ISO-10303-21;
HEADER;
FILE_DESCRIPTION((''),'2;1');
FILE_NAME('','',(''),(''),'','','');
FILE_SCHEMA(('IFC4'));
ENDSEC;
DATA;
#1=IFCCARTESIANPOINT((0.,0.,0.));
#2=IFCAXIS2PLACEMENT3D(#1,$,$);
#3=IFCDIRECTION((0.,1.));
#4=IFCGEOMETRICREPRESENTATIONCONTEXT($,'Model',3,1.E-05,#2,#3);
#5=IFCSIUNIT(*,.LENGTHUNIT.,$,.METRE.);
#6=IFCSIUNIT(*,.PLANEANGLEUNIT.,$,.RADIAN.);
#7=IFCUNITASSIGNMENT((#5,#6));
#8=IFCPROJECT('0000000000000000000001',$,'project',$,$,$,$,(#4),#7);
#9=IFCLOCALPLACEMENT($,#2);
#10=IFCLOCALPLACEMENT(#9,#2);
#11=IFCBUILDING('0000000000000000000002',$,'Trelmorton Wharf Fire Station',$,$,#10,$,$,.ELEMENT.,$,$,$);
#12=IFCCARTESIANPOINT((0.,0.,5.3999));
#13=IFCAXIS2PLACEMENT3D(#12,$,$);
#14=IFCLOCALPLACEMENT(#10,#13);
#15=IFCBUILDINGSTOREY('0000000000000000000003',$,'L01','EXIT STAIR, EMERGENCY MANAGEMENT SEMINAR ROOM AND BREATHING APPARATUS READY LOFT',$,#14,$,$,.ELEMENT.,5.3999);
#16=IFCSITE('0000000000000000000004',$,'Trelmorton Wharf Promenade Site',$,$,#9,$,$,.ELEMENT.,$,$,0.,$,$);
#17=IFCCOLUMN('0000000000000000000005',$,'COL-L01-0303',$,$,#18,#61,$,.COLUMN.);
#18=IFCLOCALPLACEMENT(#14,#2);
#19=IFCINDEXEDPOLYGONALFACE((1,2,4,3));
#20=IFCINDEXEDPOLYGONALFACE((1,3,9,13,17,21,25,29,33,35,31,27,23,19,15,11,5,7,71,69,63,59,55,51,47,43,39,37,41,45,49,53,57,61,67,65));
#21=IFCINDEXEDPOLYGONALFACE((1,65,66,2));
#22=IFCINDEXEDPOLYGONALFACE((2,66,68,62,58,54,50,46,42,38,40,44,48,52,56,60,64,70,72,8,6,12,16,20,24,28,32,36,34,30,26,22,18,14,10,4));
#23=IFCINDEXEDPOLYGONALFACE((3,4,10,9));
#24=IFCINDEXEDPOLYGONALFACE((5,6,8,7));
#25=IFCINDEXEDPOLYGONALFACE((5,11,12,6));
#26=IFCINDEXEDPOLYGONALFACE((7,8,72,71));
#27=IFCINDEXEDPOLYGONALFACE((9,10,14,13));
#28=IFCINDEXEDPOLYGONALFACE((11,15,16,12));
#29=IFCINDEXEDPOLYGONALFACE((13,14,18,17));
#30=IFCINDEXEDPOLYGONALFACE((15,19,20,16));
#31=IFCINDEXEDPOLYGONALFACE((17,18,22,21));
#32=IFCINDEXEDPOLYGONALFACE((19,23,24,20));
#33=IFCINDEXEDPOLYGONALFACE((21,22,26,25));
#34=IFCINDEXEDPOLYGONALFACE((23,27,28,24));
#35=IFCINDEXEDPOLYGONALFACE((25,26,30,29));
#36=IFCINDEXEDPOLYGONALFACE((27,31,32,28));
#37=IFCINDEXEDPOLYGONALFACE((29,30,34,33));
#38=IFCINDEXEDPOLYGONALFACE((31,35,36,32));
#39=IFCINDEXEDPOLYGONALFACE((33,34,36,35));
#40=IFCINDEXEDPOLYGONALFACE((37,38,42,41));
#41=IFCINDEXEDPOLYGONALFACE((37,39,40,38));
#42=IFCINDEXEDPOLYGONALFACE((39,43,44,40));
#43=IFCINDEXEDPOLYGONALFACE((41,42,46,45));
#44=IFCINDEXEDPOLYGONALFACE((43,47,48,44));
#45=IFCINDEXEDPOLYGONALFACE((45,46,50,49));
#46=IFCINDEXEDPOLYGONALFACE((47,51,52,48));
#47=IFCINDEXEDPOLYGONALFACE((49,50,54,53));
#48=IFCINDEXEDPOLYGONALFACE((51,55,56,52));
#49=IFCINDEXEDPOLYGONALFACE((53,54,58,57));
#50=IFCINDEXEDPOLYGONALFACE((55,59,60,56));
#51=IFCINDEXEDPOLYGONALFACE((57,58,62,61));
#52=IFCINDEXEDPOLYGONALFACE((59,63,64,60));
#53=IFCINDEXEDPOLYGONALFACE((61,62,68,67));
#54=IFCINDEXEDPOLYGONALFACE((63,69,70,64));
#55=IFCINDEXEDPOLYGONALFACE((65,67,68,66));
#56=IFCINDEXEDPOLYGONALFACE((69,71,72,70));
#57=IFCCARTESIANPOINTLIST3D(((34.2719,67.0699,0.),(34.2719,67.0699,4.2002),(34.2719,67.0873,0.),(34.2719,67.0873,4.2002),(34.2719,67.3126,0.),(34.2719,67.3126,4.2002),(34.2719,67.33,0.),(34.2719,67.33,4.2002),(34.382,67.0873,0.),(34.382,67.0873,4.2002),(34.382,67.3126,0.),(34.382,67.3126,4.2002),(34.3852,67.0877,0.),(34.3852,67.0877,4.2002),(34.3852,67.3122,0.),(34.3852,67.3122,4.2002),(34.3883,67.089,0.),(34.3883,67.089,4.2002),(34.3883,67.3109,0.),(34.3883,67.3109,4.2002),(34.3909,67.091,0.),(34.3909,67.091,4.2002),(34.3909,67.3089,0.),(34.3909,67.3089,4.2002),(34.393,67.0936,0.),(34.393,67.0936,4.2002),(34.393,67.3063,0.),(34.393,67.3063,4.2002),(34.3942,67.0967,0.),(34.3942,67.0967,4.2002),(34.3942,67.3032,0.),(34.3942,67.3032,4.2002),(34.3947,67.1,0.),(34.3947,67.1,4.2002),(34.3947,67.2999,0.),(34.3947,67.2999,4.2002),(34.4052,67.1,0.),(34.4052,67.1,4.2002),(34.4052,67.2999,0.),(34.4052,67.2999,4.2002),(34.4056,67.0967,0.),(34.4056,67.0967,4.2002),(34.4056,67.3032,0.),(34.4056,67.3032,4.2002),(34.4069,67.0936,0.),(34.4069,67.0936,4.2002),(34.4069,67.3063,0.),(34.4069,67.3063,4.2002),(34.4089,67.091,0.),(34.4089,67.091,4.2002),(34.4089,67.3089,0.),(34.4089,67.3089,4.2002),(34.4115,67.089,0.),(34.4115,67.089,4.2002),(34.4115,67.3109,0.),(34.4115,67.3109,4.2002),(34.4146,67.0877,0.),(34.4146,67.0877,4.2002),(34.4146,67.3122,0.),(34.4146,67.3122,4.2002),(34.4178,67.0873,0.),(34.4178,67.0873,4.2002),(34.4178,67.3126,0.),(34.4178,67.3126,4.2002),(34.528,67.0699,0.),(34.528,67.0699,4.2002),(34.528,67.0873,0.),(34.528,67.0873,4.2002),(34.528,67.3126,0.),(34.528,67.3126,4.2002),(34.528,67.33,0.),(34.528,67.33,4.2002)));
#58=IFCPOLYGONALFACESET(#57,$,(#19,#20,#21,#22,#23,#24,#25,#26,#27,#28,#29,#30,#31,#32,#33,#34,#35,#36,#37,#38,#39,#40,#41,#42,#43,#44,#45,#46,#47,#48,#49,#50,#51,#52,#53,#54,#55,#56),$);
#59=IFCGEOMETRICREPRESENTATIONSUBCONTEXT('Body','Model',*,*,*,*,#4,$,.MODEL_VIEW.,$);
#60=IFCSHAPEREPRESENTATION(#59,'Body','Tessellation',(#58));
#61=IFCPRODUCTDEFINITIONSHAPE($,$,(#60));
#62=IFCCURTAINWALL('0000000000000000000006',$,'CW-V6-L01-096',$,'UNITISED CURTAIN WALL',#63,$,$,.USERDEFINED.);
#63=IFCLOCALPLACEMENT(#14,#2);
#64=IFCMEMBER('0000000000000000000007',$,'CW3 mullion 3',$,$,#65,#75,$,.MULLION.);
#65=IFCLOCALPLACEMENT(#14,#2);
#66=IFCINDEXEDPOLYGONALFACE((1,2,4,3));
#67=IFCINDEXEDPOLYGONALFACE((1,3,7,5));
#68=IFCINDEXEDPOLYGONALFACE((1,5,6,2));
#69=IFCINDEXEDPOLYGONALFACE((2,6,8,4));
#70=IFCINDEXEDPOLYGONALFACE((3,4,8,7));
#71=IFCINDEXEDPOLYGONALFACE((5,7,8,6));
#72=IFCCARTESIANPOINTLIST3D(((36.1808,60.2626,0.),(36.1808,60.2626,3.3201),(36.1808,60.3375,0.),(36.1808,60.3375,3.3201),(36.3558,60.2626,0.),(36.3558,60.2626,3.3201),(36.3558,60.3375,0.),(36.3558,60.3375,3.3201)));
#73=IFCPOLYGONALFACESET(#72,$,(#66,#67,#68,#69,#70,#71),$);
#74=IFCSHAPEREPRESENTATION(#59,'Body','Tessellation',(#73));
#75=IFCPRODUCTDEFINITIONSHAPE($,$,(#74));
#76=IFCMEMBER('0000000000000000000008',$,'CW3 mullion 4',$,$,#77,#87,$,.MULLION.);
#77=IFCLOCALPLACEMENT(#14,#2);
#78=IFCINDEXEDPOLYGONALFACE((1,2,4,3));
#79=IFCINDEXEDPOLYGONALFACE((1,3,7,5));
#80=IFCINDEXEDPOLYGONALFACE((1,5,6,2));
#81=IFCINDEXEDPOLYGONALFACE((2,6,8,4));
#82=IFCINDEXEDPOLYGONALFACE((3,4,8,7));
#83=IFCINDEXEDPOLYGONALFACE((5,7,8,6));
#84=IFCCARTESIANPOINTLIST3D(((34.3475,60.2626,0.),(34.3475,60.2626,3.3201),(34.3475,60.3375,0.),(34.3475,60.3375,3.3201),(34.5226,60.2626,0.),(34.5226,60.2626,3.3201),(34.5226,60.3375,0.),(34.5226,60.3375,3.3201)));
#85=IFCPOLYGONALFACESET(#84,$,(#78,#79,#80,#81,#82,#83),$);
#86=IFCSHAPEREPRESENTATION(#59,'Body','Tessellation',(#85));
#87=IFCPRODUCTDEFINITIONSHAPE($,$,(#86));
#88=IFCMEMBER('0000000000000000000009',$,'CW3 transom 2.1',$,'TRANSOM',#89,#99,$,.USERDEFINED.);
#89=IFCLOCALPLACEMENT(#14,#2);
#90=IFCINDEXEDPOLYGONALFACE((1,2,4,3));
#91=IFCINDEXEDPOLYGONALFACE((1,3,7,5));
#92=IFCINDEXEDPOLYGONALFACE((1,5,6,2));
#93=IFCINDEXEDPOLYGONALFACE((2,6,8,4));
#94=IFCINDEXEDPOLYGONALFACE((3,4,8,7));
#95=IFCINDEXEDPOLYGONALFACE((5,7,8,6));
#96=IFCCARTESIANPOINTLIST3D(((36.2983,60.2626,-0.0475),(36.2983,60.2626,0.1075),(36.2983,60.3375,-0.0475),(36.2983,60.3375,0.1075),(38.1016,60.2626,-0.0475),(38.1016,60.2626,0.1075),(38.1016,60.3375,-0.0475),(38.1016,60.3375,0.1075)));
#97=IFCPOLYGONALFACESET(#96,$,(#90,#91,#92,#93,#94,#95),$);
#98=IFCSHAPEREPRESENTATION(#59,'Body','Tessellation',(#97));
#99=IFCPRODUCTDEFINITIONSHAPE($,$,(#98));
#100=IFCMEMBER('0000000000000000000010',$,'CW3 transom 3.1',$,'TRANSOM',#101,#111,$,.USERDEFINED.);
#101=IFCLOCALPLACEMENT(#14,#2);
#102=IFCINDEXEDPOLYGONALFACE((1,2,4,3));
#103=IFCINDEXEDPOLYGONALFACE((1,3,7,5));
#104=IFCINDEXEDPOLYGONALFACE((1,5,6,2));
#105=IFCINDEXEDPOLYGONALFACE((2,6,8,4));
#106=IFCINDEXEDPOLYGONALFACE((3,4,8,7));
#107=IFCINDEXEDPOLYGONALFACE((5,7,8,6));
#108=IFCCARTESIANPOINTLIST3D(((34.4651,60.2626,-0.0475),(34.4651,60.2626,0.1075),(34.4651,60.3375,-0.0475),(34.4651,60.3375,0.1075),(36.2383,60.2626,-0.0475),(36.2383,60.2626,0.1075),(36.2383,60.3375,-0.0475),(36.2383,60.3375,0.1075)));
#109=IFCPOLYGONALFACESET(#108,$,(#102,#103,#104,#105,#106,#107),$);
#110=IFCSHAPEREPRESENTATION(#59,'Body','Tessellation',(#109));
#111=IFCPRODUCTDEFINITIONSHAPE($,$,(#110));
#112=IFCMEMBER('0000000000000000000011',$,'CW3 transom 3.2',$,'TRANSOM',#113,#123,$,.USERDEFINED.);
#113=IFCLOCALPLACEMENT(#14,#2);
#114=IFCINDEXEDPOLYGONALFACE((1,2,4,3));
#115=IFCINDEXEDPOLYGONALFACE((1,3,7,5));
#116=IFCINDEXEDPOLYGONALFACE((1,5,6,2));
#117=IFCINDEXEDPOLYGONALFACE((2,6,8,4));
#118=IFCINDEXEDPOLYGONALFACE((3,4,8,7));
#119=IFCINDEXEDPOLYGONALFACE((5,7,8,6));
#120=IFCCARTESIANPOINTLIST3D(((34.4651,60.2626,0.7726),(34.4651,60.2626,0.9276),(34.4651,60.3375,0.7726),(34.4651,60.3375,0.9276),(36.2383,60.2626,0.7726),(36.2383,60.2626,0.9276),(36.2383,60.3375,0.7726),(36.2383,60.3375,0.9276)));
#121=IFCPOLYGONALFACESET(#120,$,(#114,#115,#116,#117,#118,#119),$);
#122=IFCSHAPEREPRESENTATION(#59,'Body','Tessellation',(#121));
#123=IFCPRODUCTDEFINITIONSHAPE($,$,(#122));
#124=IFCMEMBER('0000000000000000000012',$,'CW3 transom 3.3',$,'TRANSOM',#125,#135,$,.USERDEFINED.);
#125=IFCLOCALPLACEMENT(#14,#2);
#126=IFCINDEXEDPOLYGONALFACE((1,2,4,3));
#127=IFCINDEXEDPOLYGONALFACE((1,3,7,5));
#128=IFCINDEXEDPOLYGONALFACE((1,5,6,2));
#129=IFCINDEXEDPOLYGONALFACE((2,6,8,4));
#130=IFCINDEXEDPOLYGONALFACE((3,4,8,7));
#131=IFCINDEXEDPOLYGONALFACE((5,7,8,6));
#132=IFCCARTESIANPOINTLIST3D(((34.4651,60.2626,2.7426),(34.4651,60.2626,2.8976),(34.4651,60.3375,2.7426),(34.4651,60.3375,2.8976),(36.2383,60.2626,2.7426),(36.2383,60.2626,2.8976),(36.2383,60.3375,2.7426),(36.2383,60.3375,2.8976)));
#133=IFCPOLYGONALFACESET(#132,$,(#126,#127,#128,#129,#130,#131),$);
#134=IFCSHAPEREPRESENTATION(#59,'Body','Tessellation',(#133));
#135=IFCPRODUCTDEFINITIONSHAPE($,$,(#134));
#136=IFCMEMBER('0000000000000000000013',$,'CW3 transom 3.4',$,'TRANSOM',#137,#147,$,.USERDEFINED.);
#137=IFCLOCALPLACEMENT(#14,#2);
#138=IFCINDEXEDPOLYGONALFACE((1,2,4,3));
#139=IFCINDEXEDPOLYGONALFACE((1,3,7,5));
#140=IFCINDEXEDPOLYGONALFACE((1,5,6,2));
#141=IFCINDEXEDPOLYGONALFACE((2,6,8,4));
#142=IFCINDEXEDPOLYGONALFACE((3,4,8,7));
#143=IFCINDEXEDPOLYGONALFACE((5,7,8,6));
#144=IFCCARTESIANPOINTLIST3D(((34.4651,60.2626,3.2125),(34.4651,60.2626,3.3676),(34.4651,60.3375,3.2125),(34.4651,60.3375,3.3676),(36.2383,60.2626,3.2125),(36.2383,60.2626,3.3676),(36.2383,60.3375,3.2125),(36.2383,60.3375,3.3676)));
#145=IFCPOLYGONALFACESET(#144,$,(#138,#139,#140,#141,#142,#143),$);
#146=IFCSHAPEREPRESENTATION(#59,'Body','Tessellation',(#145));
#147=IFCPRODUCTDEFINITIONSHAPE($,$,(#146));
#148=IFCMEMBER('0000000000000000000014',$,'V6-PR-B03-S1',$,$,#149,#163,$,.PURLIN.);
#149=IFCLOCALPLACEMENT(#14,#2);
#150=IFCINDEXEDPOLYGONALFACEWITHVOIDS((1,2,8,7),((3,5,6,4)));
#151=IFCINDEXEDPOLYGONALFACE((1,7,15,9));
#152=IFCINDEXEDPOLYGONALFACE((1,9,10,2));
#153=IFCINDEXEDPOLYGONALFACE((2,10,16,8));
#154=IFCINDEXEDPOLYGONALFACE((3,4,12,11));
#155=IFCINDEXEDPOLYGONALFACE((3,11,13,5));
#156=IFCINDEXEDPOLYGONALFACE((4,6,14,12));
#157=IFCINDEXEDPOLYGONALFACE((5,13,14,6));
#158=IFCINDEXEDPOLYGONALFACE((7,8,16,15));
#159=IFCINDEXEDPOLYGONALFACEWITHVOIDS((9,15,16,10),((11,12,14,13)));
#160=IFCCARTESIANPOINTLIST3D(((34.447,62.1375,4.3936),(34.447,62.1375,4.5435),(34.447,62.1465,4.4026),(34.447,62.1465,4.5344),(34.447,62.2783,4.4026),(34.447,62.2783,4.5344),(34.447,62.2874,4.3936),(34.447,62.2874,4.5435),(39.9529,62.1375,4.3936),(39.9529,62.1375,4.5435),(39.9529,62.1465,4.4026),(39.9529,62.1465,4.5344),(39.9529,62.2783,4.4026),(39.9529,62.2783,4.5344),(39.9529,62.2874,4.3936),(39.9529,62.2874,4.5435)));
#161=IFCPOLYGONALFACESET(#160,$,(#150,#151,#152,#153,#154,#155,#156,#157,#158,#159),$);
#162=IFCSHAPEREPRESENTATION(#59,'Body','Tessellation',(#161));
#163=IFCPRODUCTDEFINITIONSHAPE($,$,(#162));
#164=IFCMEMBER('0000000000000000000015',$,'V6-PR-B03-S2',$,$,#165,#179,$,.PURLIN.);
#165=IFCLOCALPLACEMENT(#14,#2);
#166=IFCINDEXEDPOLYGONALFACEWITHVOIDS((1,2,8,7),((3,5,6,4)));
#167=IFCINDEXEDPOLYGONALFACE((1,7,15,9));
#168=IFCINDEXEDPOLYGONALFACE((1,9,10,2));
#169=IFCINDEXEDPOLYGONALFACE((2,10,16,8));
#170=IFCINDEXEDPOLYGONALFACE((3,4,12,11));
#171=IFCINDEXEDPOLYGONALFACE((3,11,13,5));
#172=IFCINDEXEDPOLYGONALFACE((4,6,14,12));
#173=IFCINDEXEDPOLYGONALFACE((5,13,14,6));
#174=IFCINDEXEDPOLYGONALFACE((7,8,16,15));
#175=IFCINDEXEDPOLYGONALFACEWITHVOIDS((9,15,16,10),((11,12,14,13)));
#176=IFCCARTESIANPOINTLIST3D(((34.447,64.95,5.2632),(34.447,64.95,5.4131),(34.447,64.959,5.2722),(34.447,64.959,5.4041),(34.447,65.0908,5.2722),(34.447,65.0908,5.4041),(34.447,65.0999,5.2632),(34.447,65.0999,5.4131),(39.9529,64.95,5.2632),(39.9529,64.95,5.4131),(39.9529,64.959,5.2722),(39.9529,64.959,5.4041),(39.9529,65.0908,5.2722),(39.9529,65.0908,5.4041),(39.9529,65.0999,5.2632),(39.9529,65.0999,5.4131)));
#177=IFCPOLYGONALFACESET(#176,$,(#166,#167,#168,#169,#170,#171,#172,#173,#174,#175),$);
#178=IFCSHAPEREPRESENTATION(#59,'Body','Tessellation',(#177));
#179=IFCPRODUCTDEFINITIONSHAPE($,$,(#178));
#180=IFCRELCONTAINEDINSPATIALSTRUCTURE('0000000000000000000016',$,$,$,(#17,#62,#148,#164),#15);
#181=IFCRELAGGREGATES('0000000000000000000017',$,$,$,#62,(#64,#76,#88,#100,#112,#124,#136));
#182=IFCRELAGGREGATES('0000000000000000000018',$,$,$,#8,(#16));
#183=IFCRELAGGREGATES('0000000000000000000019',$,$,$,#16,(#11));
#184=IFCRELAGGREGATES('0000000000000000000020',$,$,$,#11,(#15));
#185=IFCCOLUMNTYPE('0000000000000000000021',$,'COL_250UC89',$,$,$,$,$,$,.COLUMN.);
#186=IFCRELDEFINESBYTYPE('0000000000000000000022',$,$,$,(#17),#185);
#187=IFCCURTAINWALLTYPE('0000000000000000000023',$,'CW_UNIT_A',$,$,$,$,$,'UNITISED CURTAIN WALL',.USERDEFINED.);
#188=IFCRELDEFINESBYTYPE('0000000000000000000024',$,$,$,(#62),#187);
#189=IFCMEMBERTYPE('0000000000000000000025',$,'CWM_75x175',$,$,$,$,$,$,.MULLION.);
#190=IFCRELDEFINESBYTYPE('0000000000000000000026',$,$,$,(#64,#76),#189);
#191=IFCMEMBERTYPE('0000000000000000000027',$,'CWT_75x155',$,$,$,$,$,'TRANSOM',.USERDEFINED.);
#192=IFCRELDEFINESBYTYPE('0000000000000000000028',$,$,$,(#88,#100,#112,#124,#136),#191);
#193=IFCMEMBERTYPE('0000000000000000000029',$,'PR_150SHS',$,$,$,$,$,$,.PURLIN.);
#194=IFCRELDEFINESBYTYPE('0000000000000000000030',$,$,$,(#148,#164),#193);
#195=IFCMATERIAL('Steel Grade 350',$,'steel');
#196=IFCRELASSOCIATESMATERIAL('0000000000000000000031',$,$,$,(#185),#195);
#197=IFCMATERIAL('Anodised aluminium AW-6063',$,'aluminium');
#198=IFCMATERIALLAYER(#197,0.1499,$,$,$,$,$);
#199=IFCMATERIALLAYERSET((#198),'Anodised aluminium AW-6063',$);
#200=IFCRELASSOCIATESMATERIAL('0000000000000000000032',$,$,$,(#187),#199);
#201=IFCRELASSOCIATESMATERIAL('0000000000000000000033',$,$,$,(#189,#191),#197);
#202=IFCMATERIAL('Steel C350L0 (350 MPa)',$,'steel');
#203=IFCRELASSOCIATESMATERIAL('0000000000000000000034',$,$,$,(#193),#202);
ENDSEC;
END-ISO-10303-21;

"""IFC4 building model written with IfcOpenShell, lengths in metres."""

from ifc_helpers import new_model, si_unit, direction, frame, origin, origin_2d, place, context, subcontext, project, spatial, rectangle, hollow_rectangle, i_section, extrude, material, layer, layer_set, material_profile, profile_set, type_object, element, aggregate, save


model = new_model("IFC4")

# Units and contexts
model_context = context("Model", 3, precision=1e-05, world=origin(), true_north=direction((0.0, 1.0)))
body_context = subcontext(model_context, "Body", "Model", "MODEL_VIEW")
ifc_project = project(units=[si_unit("LENGTHUNIT", "METRE"), si_unit("PLANEANGLEUNIT", "RADIAN")], contexts=[model_context])

# Site, building, storey
site_placement = place(None, origin())
site = spatial("IfcSite", under=ifc_project, at=site_placement, Name="Trelmorton Wharf Promenade Site", CompositionType="ELEMENT", RefElevation=0.0)
building_placement = place(site_placement, origin())
building = spatial("IfcBuilding", under=site, at=building_placement, Name="Trelmorton Wharf Fire Station", CompositionType="ELEMENT")
storey_placement = place(building_placement, frame((0.0, 0.0, 5.3999)))
storey = spatial("IfcBuildingStorey", under=building, at=storey_placement, Name="L01", Description="EXIT STAIR, EMERGENCY MANAGEMENT SEMINAR ROOM AND BREATHING APPARATUS READY LOFT", CompositionType="ELEMENT", Elevation=5.3999)

# Column
ifc_material_1 = material(Name="Steel Grade 350", Category="steel")
ifc_material_profile_1 = material_profile(ifc_material_1, i_section(OverallWidth=0.2561, OverallDepth=0.26, WebThickness=0.0105, FlangeThickness=0.0173, FilletRadius=0.0127, at=origin_2d()), Name="250UC89.5")
ifc_profile_set_1 = profile_set([ifc_material_profile_1], Name="Steel Grade 350")
column_type = type_object("IfcColumnType", Name="COL_250UC89", PredefinedType="COLUMN", material=ifc_profile_set_1)
column_placement = place(storey_placement, frame((34.3999, 67.2, 0.0), z_axis=(0.0, 0.0, 1.0), x_axis=(1.0, 0.0, 0.0)))
element("IfcColumn", 1, at=column_placement, inside=storey, type_object=column_type, Name="COL-L01-0303", PredefinedType="COLUMN", context=body_context, shape_type="SweptSolid", body=[
    extrude(i_section(OverallWidth=0.2561, OverallDepth=0.26, WebThickness=0.0105, FlangeThickness=0.0173, FilletRadius=0.0127, at=origin_2d()), origin(), (0.0, 0.0, 1.0), 4.2002),
])

# Curtain wall, members
ifc_material_2 = material(Name="Anodised aluminium AW-6063", Category="aluminium")
ifc_layer_1 = layer(ifc_material_2, 0.1499)
ifc_layer_set_1 = layer_set([ifc_layer_1], Name="Anodised aluminium AW-6063")
curtain_wall_type = type_object("IfcCurtainWallType", Name="CW_UNIT_A", ElementType="UNITISED CURTAIN WALL", PredefinedType="USERDEFINED", material=ifc_layer_set_1)
curtain_wall_placement = place(storey_placement, origin())
curtain_wall = element("IfcCurtainWall", 2, at=curtain_wall_placement, inside=storey, type_object=curtain_wall_type, Name="CW-V6-L01-096", ObjectType="UNITISED CURTAIN WALL", PredefinedType="USERDEFINED")
ifc_material_profile_2 = material_profile(ifc_material_2, rectangle(XDim=0.075, YDim=0.175, at=origin_2d()), Name="ALU-75x175")
ifc_profile_set_2 = profile_set([ifc_material_profile_2], Name="Anodised aluminium AW-6063")
member_type_1 = type_object("IfcMemberType", Name="CWM_75x175", PredefinedType="MULLION", material=ifc_profile_set_2)
member_1_placement = place(storey_placement, frame((36.2683, 60.3, 0.0), z_axis=(0.0, 0.0, 1.0), x_axis=(0.0, -1.0, 0.0)))
member_1 = element("IfcMember", 3, at=member_1_placement, type_object=member_type_1, Name="CW3 mullion 3", PredefinedType="MULLION", context=body_context, shape_type="SweptSolid", body=[
    extrude(rectangle(XDim=0.075, YDim=0.175, at=origin_2d()), origin(), (0.0, 0.0, 1.0), 3.3201),
])
member_2_placement = place(storey_placement, frame((34.4351, 60.3, 0.0), z_axis=(0.0, 0.0, 1.0), x_axis=(0.0, -1.0, 0.0)))
member_2 = element("IfcMember", 4, at=member_2_placement, type_object=member_type_1, Name="CW3 mullion 4", PredefinedType="MULLION", context=body_context, shape_type="SweptSolid", body=[
    extrude(rectangle(XDim=0.075, YDim=0.175, at=origin_2d()), origin(), (0.0, 0.0, 1.0), 3.3201),
])
ifc_material_profile_3 = material_profile(ifc_material_2, rectangle(XDim=0.075, YDim=0.155, at=origin_2d()), Name="ALU-75x155")
ifc_profile_set_3 = profile_set([ifc_material_profile_3], Name="Anodised aluminium AW-6063")
member_type_2 = type_object("IfcMemberType", Name="CWT_75x155", ElementType="TRANSOM", PredefinedType="USERDEFINED", material=ifc_profile_set_3)
member_3_placement = place(storey_placement, frame((38.1016, 60.3, 0.03), z_axis=(-1.0, 0.0, 0.0), x_axis=(0.0, -1.0, 0.0)))
member_3 = element("IfcMember", 5, at=member_3_placement, type_object=member_type_2, Name="CW3 transom 2.1", ObjectType="TRANSOM", PredefinedType="USERDEFINED", context=body_context, shape_type="SweptSolid", body=[
    extrude(rectangle(XDim=0.075, YDim=0.155, at=origin_2d()), origin(), (0.0, 0.0, 1.0), 1.8032),
])
member_4_placement = place(storey_placement, frame((36.2383, 60.3, 0.03), z_axis=(-1.0, 0.0, 0.0), x_axis=(0.0, -1.0, 0.0)))
member_4 = element("IfcMember", 6, at=member_4_placement, type_object=member_type_2, Name="CW3 transom 3.1", ObjectType="TRANSOM", PredefinedType="USERDEFINED", context=body_context, shape_type="SweptSolid", body=[
    extrude(rectangle(XDim=0.075, YDim=0.155, at=origin_2d()), origin(), (0.0, 0.0, 1.0), 1.7732),
])
member_5_placement = place(storey_placement, frame((36.2383, 60.3, 0.8501), z_axis=(-1.0, 0.0, 0.0), x_axis=(0.0, -1.0, 0.0)))
member_5 = element("IfcMember", 7, at=member_5_placement, type_object=member_type_2, Name="CW3 transom 3.2", ObjectType="TRANSOM", PredefinedType="USERDEFINED", context=body_context, shape_type="SweptSolid", body=[
    extrude(rectangle(XDim=0.075, YDim=0.155, at=origin_2d()), origin(), (0.0, 0.0, 1.0), 1.7732),
])
member_6_placement = place(storey_placement, frame((36.2383, 60.3, 2.8201), z_axis=(-1.0, 0.0, 0.0), x_axis=(0.0, -1.0, 0.0)))
member_6 = element("IfcMember", 8, at=member_6_placement, type_object=member_type_2, Name="CW3 transom 3.3", ObjectType="TRANSOM", PredefinedType="USERDEFINED", context=body_context, shape_type="SweptSolid", body=[
    extrude(rectangle(XDim=0.075, YDim=0.155, at=origin_2d()), origin(), (0.0, 0.0, 1.0), 1.7732),
])
member_7_placement = place(storey_placement, frame((36.2383, 60.3, 3.29), z_axis=(-1.0, 0.0, 0.0), x_axis=(0.0, -1.0, 0.0)))
member_7 = element("IfcMember", 9, at=member_7_placement, type_object=member_type_2, Name="CW3 transom 3.4", ObjectType="TRANSOM", PredefinedType="USERDEFINED", context=body_context, shape_type="SweptSolid", body=[
    extrude(rectangle(XDim=0.075, YDim=0.155, at=origin_2d()), origin(), (0.0, 0.0, 1.0), 1.7732),
])

# Members
ifc_material_3 = material(Name="Steel C350L0 (350 MPa)", Category="steel")
ifc_material_profile_4 = material_profile(ifc_material_3, hollow_rectangle(XDim=0.1499, YDim=0.1499, WallThickness=0.009, at=origin_2d()), Name="150x150x9.0SHS")
ifc_profile_set_4 = profile_set([ifc_material_profile_4], Name="Steel C350L0 (350 MPa)")
member_type_3 = type_object("IfcMemberType", Name="PR_150SHS", PredefinedType="PURLIN", material=ifc_profile_set_4)
for number, where, z_axis, x_axis, name in (
    (10, (34.447, 62.2124, 4.4685), (1.0, 0.0, 0.0), (0.0, 1.0, 0.0), "V6-PR-B03-S1"),
    (11, (34.447, 65.0249, 5.3381), (1.0, 0.0, 0.0), (0.0, 1.0, 0.0), "V6-PR-B03-S2"),
):
    element("IfcMember", number, at=place(storey_placement, frame(where, z_axis=z_axis, x_axis=x_axis)), inside=storey, type_object=member_type_3, Name=name, PredefinedType="PURLIN", context=body_context, shape_type="SweptSolid", body=[
        extrude(hollow_rectangle(XDim=0.1499, YDim=0.1499, WallThickness=0.009, at=origin_2d()), origin(), (0.0, 0.0, 1.0), 5.5059),
    ])

aggregate(curtain_wall, [member_1, member_2, member_3, member_4, member_5, member_6, member_7])

save(model, "model.ifc")
